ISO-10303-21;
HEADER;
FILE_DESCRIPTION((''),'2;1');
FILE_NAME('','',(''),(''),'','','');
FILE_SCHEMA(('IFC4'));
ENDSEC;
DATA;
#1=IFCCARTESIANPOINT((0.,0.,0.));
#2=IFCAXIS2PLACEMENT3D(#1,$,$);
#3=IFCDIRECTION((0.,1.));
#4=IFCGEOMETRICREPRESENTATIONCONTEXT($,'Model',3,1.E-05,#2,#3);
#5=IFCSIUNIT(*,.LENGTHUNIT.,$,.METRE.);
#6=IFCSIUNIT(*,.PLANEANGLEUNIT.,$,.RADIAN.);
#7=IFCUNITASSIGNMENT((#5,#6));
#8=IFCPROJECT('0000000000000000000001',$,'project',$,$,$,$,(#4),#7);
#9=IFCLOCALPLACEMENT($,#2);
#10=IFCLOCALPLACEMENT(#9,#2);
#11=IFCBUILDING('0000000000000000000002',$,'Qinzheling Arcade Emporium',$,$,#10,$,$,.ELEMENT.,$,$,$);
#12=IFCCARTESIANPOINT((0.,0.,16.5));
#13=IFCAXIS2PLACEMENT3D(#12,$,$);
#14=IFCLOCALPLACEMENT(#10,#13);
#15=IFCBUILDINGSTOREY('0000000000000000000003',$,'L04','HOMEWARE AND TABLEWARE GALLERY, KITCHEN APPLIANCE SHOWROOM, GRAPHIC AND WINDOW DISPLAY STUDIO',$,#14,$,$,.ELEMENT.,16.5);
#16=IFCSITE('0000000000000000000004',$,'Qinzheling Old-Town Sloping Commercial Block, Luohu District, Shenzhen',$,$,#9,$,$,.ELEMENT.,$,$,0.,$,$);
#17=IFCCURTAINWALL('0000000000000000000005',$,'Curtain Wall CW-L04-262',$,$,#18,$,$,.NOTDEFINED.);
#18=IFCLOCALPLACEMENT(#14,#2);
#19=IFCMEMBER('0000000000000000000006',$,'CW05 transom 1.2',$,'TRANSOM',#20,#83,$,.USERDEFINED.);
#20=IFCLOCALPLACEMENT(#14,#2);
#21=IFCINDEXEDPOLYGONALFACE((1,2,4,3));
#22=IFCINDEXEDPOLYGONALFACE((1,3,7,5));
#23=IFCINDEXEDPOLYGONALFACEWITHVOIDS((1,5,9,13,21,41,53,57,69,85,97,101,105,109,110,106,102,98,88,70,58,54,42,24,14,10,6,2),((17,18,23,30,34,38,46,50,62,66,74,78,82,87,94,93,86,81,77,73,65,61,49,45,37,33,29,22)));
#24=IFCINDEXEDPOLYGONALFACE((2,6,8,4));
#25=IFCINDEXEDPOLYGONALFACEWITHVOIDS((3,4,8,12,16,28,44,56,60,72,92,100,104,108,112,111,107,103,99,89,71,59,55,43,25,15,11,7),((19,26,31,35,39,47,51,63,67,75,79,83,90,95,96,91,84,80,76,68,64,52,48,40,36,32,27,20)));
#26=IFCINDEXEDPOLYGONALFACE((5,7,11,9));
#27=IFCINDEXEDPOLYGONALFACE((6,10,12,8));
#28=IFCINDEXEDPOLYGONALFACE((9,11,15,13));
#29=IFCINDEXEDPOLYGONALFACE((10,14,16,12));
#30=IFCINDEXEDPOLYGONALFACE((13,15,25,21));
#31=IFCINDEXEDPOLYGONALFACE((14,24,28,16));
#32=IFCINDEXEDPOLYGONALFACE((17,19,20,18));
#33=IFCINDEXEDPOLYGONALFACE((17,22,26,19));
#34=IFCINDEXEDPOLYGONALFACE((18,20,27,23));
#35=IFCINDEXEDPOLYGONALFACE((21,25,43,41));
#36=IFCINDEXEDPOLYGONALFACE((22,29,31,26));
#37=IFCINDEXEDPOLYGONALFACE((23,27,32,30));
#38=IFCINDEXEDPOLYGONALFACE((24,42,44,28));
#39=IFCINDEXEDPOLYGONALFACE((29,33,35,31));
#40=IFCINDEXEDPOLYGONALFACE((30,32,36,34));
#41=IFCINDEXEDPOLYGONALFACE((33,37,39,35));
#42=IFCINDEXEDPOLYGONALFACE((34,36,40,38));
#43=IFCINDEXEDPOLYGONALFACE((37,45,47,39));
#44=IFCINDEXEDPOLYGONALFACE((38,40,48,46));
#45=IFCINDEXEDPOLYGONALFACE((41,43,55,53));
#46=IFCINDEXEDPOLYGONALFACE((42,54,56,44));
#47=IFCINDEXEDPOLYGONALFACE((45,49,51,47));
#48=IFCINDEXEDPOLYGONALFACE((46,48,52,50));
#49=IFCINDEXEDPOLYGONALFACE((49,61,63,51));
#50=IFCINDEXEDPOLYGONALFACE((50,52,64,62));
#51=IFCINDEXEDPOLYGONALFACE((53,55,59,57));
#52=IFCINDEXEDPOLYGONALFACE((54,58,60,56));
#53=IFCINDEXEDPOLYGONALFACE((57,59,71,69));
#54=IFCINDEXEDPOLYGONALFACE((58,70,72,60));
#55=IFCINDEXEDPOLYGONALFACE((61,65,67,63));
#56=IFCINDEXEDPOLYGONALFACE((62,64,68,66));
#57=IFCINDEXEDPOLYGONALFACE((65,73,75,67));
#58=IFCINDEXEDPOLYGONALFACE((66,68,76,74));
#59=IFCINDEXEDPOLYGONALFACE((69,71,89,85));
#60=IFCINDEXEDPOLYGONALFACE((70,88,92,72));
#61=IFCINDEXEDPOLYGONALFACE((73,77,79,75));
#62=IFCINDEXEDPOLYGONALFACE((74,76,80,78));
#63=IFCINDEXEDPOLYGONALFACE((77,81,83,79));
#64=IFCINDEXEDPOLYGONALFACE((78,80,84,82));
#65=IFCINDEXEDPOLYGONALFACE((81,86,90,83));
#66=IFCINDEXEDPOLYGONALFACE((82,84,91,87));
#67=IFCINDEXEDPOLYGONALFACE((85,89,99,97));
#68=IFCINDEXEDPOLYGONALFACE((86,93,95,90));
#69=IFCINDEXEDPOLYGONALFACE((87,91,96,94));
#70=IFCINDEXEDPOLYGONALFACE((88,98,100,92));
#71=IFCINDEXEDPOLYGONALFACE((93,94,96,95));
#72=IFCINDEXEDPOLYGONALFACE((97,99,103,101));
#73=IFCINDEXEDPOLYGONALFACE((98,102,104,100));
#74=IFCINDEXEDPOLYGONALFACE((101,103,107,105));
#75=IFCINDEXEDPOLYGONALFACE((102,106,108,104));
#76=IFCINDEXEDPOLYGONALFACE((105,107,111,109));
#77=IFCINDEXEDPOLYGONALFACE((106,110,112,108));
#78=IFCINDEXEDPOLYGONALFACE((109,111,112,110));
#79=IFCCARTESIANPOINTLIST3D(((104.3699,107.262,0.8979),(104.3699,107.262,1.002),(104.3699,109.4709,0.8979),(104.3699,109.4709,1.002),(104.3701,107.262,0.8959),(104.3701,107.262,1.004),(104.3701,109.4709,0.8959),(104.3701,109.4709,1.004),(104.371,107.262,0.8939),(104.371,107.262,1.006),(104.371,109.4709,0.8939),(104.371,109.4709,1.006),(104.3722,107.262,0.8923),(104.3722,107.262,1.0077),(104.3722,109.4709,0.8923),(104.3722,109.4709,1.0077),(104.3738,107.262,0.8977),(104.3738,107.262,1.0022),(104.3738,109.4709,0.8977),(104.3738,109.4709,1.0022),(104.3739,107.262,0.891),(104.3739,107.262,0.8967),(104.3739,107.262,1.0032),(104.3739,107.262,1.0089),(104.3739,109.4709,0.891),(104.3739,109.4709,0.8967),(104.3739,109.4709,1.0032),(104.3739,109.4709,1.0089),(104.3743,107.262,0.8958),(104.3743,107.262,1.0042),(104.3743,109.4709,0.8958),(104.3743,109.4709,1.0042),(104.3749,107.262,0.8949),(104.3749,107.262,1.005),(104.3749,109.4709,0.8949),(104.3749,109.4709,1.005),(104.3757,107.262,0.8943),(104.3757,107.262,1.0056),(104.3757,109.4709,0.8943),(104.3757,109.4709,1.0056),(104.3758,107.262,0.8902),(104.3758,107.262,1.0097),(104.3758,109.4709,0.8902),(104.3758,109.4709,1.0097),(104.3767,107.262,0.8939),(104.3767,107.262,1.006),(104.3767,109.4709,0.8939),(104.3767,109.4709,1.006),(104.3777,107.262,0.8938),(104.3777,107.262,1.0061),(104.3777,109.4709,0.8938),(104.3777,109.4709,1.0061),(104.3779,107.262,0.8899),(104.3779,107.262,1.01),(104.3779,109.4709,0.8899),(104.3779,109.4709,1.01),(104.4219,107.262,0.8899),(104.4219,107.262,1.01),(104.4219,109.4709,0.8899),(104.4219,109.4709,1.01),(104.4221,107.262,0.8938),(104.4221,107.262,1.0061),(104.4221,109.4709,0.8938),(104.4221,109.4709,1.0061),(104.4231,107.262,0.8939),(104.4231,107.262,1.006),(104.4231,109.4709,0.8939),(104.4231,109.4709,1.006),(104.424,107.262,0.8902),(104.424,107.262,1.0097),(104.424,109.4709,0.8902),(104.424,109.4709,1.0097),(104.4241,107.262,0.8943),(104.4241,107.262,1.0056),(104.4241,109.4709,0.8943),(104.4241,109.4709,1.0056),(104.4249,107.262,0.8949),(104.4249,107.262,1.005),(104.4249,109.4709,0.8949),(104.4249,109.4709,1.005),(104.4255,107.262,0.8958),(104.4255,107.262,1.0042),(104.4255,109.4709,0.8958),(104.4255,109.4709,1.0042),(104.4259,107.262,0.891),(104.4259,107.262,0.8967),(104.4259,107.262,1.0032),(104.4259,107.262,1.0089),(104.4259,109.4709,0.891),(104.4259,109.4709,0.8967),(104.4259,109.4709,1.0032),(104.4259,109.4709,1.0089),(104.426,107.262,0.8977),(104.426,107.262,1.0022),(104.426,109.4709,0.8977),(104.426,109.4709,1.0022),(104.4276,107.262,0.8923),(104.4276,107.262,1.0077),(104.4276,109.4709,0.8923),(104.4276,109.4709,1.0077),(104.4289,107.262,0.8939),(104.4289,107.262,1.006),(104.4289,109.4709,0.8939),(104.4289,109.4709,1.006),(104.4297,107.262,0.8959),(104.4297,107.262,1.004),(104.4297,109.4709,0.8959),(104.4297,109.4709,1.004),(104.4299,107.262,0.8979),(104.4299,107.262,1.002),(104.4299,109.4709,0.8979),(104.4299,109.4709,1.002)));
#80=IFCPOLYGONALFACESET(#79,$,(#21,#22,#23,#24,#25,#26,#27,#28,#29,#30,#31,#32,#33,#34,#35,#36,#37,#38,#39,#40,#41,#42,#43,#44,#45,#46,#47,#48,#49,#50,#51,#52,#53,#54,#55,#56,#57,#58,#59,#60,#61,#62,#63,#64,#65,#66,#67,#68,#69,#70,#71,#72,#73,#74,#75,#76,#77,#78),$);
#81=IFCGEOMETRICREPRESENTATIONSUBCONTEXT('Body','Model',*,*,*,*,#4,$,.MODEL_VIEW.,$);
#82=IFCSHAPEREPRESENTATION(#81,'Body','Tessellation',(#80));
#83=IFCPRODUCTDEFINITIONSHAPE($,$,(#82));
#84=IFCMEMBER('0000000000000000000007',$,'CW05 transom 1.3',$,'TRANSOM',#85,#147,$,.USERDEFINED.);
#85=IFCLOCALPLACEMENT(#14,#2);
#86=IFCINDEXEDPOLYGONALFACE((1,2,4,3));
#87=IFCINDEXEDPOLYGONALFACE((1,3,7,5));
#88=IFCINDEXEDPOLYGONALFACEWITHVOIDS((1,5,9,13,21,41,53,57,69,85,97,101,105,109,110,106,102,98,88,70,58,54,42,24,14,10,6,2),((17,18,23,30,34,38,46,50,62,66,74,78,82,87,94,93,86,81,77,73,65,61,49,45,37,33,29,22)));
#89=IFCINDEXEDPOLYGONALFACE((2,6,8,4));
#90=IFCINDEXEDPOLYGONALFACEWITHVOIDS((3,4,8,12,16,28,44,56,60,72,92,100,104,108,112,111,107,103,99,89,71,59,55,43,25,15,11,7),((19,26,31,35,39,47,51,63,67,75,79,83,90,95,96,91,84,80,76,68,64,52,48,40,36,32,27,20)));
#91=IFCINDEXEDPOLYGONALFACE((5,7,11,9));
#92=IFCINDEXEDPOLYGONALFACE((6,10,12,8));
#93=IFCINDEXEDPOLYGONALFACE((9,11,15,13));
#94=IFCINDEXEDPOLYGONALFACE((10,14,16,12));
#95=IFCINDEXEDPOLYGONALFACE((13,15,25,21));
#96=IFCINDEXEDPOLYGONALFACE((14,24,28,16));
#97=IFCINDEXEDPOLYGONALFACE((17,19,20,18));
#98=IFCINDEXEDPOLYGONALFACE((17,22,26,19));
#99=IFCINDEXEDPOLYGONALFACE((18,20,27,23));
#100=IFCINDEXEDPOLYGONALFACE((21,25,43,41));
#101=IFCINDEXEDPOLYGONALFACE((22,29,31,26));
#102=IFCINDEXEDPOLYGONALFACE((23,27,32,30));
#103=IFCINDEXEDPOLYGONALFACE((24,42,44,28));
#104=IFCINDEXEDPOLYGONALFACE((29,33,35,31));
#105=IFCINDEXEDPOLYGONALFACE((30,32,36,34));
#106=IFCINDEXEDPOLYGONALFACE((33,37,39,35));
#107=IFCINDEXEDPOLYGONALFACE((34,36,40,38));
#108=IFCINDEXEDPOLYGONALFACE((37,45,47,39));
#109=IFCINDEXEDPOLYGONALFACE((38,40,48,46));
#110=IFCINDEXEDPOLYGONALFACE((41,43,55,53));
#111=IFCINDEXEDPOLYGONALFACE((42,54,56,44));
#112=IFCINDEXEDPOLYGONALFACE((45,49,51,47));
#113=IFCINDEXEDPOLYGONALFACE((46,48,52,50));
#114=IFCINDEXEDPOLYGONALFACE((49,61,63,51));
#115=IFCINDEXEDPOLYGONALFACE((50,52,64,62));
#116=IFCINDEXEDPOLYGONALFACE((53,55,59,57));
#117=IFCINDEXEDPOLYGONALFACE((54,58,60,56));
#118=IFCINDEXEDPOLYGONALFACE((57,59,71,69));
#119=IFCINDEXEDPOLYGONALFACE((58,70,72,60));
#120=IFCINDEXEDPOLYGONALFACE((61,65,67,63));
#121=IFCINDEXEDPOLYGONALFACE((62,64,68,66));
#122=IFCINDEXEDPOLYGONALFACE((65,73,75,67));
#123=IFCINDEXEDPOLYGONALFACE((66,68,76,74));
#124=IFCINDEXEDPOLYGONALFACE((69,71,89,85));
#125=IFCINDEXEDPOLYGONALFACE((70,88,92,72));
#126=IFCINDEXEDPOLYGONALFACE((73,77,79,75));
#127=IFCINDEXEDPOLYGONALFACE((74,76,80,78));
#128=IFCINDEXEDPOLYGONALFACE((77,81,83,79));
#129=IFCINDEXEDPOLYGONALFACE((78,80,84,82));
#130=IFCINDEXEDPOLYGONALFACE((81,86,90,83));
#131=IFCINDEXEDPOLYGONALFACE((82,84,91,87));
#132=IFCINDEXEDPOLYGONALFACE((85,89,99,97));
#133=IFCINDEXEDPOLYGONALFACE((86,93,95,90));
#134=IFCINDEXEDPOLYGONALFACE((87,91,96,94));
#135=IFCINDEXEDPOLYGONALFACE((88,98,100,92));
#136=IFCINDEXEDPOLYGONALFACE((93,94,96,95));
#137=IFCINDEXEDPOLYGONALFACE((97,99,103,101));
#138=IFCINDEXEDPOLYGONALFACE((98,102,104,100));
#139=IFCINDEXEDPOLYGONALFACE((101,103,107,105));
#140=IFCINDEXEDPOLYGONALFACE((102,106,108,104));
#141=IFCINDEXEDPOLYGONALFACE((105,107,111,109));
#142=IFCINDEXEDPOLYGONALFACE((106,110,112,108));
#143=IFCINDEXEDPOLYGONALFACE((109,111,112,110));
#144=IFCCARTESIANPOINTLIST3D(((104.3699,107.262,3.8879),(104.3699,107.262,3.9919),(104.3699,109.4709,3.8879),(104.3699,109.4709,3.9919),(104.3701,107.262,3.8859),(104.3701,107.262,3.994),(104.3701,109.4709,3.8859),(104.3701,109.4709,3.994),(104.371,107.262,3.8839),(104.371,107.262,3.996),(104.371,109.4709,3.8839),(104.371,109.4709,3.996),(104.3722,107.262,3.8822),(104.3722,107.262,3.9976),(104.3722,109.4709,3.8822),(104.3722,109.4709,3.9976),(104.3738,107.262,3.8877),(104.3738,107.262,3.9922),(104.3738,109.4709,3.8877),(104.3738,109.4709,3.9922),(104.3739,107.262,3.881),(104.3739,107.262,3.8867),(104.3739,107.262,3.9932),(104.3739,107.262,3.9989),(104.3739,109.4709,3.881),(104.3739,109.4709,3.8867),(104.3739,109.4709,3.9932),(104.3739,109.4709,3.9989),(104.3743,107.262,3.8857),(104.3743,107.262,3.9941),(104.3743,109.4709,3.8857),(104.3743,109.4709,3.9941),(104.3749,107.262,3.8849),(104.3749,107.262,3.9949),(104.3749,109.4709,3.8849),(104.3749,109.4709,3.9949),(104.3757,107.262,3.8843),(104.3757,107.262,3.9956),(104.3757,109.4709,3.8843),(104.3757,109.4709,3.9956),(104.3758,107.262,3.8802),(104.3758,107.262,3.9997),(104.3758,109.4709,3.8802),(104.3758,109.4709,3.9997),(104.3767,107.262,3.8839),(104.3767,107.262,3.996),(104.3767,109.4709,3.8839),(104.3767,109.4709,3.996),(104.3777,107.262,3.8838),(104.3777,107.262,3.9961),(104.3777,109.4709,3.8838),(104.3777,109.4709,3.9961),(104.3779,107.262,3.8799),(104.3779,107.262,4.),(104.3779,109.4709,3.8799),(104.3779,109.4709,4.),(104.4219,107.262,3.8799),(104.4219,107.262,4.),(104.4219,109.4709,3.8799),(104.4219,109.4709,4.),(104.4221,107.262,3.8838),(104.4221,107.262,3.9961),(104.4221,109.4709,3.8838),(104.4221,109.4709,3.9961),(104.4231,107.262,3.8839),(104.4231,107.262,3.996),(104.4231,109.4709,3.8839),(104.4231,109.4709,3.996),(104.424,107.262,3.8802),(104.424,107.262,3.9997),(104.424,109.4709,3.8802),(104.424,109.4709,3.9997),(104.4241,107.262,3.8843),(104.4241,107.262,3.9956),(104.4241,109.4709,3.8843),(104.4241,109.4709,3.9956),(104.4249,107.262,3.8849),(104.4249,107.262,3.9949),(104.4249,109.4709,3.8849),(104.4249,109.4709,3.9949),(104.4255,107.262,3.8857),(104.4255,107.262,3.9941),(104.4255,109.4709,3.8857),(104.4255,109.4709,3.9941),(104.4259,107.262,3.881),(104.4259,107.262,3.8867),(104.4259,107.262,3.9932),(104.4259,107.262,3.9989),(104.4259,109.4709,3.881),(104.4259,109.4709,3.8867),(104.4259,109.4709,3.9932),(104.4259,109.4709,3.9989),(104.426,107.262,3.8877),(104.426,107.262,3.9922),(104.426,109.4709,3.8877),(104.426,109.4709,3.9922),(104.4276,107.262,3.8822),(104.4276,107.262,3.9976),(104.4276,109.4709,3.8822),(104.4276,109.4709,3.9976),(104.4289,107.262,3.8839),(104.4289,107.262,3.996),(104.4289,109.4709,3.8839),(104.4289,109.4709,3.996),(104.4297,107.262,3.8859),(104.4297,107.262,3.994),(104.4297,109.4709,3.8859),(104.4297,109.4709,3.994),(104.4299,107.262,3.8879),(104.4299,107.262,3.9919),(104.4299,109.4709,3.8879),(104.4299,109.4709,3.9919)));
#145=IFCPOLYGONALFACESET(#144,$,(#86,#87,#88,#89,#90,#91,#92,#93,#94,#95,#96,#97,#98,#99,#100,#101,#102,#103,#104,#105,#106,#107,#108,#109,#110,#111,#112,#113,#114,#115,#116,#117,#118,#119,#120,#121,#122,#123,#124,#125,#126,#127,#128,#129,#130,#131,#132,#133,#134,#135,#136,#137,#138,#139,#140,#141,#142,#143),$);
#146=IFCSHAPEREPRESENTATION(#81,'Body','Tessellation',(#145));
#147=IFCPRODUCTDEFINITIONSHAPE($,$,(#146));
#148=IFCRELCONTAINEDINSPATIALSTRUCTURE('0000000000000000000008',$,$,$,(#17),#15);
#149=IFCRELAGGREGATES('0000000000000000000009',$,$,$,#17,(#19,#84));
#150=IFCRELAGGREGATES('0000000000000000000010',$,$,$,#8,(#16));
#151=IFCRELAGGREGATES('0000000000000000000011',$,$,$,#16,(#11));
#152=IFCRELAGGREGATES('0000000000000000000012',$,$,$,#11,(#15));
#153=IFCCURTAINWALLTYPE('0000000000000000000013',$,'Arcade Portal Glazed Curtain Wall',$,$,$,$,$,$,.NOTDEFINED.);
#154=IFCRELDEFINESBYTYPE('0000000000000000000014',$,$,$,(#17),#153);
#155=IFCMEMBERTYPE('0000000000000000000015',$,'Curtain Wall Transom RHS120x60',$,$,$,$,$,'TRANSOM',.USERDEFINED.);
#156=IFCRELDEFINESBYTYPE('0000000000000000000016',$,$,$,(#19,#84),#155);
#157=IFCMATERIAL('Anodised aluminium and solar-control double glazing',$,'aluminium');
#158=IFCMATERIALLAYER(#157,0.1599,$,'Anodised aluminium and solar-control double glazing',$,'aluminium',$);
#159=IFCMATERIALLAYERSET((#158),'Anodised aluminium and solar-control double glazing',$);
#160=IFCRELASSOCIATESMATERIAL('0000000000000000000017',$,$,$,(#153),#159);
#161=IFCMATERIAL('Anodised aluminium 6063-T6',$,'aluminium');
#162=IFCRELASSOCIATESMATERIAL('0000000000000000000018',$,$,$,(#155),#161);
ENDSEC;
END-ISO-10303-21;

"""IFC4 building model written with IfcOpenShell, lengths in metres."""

from ifc_helpers import new_model, si_unit, direction, frame, origin, origin_2d, place, context, subcontext, project, spatial, hollow_rectangle, extrude, material, layer, layer_set, material_profile, profile_set, type_object, element, aggregate, save


model = new_model("IFC4")

# Units and contexts
model_context = context("Model", 3, precision=1e-05, world=origin(), true_north=direction((0.0, 1.0)))
body_context = subcontext(model_context, "Body", "Model", "MODEL_VIEW")
ifc_project = project(units=[si_unit("LENGTHUNIT", "METRE"), si_unit("PLANEANGLEUNIT", "RADIAN")], contexts=[model_context])

# Site, building, storey
site_placement = place(None, origin())
site = spatial("IfcSite", under=ifc_project, at=site_placement, Name="Qinzheling Old-Town Sloping Commercial Block, Luohu District, Shenzhen", CompositionType="ELEMENT", RefElevation=0.0)
building_placement = place(site_placement, origin())
building = spatial("IfcBuilding", under=site, at=building_placement, Name="Qinzheling Arcade Emporium", CompositionType="ELEMENT")
storey_placement = place(building_placement, frame((0.0, 0.0, 16.5)))
storey = spatial("IfcBuildingStorey", under=building, at=storey_placement, Name="L04", Description="HOMEWARE AND TABLEWARE GALLERY, KITCHEN APPLIANCE SHOWROOM, GRAPHIC AND WINDOW DISPLAY STUDIO", CompositionType="ELEMENT", Elevation=16.5)

# Curtain wall, members
ifc_material_1 = material(Name="Anodised aluminium and solar-control double glazing", Category="aluminium")
ifc_layer_1 = layer(ifc_material_1, 0.1599, Name="Anodised aluminium and solar-control double glazing", Category="aluminium")
ifc_layer_set_1 = layer_set([ifc_layer_1], Name="Anodised aluminium and solar-control double glazing")
curtain_wall_type = type_object("IfcCurtainWallType", Name="Arcade Portal Glazed Curtain Wall", PredefinedType="NOTDEFINED", material=ifc_layer_set_1)
curtain_wall_placement = place(storey_placement, origin())
curtain_wall = element("IfcCurtainWall", 1, at=curtain_wall_placement, inside=storey, type_object=curtain_wall_type, Name="Curtain Wall CW-L04-262", PredefinedType="NOTDEFINED")
ifc_material_2 = material(Name="Anodised aluminium 6063-T6", Category="aluminium")
ifc_material_profile_1 = material_profile(ifc_material_2, hollow_rectangle(XDim=0.0601, YDim=0.1201, WallThickness=0.0039, InnerFilletRadius=0.0039, OuterFilletRadius=0.0081, at=origin_2d()), Name="RHS 120x60x4", Category="aluminium")
ifc_profile_set_1 = profile_set([ifc_material_profile_1], Name="Anodised aluminium 6063-T6")
member_type_1 = type_object("IfcMemberType", Name="Curtain Wall Transom RHS120x60", ElementType="TRANSOM", PredefinedType="USERDEFINED", material=ifc_profile_set_1)
member_1_placement = place(storey_placement, frame((104.3999, 107.262, 0.95), z_axis=(0.0, 1.0, 0.0), x_axis=(-1.0, 0.0, 0.0)))
member_1 = element("IfcMember", 2, at=member_1_placement, type_object=member_type_1, Name="CW05 transom 1.2", ObjectType="TRANSOM", PredefinedType="USERDEFINED", context=body_context, shape_type="SweptSolid", body=[
    extrude(hollow_rectangle(XDim=0.0601, YDim=0.1201, WallThickness=0.0039, InnerFilletRadius=0.0039, OuterFilletRadius=0.0081, at=origin_2d()), origin(), (0.0, 0.0, 1.0), 2.209),
])
member_2_placement = place(storey_placement, frame((104.3999, 107.262, 3.9399), z_axis=(0.0, 1.0, 0.0), x_axis=(-1.0, 0.0, 0.0)))
member_2 = element("IfcMember", 3, at=member_2_placement, type_object=member_type_1, Name="CW05 transom 1.3", ObjectType="TRANSOM", PredefinedType="USERDEFINED", context=body_context, shape_type="SweptSolid", body=[
    extrude(hollow_rectangle(XDim=0.0601, YDim=0.1201, WallThickness=0.0039, InnerFilletRadius=0.0039, OuterFilletRadius=0.0081, at=origin_2d()), origin(), (0.0, 0.0, 1.0), 2.209),
])

aggregate(curtain_wall, [member_1, member_2])

save(model, "model.ifc")
